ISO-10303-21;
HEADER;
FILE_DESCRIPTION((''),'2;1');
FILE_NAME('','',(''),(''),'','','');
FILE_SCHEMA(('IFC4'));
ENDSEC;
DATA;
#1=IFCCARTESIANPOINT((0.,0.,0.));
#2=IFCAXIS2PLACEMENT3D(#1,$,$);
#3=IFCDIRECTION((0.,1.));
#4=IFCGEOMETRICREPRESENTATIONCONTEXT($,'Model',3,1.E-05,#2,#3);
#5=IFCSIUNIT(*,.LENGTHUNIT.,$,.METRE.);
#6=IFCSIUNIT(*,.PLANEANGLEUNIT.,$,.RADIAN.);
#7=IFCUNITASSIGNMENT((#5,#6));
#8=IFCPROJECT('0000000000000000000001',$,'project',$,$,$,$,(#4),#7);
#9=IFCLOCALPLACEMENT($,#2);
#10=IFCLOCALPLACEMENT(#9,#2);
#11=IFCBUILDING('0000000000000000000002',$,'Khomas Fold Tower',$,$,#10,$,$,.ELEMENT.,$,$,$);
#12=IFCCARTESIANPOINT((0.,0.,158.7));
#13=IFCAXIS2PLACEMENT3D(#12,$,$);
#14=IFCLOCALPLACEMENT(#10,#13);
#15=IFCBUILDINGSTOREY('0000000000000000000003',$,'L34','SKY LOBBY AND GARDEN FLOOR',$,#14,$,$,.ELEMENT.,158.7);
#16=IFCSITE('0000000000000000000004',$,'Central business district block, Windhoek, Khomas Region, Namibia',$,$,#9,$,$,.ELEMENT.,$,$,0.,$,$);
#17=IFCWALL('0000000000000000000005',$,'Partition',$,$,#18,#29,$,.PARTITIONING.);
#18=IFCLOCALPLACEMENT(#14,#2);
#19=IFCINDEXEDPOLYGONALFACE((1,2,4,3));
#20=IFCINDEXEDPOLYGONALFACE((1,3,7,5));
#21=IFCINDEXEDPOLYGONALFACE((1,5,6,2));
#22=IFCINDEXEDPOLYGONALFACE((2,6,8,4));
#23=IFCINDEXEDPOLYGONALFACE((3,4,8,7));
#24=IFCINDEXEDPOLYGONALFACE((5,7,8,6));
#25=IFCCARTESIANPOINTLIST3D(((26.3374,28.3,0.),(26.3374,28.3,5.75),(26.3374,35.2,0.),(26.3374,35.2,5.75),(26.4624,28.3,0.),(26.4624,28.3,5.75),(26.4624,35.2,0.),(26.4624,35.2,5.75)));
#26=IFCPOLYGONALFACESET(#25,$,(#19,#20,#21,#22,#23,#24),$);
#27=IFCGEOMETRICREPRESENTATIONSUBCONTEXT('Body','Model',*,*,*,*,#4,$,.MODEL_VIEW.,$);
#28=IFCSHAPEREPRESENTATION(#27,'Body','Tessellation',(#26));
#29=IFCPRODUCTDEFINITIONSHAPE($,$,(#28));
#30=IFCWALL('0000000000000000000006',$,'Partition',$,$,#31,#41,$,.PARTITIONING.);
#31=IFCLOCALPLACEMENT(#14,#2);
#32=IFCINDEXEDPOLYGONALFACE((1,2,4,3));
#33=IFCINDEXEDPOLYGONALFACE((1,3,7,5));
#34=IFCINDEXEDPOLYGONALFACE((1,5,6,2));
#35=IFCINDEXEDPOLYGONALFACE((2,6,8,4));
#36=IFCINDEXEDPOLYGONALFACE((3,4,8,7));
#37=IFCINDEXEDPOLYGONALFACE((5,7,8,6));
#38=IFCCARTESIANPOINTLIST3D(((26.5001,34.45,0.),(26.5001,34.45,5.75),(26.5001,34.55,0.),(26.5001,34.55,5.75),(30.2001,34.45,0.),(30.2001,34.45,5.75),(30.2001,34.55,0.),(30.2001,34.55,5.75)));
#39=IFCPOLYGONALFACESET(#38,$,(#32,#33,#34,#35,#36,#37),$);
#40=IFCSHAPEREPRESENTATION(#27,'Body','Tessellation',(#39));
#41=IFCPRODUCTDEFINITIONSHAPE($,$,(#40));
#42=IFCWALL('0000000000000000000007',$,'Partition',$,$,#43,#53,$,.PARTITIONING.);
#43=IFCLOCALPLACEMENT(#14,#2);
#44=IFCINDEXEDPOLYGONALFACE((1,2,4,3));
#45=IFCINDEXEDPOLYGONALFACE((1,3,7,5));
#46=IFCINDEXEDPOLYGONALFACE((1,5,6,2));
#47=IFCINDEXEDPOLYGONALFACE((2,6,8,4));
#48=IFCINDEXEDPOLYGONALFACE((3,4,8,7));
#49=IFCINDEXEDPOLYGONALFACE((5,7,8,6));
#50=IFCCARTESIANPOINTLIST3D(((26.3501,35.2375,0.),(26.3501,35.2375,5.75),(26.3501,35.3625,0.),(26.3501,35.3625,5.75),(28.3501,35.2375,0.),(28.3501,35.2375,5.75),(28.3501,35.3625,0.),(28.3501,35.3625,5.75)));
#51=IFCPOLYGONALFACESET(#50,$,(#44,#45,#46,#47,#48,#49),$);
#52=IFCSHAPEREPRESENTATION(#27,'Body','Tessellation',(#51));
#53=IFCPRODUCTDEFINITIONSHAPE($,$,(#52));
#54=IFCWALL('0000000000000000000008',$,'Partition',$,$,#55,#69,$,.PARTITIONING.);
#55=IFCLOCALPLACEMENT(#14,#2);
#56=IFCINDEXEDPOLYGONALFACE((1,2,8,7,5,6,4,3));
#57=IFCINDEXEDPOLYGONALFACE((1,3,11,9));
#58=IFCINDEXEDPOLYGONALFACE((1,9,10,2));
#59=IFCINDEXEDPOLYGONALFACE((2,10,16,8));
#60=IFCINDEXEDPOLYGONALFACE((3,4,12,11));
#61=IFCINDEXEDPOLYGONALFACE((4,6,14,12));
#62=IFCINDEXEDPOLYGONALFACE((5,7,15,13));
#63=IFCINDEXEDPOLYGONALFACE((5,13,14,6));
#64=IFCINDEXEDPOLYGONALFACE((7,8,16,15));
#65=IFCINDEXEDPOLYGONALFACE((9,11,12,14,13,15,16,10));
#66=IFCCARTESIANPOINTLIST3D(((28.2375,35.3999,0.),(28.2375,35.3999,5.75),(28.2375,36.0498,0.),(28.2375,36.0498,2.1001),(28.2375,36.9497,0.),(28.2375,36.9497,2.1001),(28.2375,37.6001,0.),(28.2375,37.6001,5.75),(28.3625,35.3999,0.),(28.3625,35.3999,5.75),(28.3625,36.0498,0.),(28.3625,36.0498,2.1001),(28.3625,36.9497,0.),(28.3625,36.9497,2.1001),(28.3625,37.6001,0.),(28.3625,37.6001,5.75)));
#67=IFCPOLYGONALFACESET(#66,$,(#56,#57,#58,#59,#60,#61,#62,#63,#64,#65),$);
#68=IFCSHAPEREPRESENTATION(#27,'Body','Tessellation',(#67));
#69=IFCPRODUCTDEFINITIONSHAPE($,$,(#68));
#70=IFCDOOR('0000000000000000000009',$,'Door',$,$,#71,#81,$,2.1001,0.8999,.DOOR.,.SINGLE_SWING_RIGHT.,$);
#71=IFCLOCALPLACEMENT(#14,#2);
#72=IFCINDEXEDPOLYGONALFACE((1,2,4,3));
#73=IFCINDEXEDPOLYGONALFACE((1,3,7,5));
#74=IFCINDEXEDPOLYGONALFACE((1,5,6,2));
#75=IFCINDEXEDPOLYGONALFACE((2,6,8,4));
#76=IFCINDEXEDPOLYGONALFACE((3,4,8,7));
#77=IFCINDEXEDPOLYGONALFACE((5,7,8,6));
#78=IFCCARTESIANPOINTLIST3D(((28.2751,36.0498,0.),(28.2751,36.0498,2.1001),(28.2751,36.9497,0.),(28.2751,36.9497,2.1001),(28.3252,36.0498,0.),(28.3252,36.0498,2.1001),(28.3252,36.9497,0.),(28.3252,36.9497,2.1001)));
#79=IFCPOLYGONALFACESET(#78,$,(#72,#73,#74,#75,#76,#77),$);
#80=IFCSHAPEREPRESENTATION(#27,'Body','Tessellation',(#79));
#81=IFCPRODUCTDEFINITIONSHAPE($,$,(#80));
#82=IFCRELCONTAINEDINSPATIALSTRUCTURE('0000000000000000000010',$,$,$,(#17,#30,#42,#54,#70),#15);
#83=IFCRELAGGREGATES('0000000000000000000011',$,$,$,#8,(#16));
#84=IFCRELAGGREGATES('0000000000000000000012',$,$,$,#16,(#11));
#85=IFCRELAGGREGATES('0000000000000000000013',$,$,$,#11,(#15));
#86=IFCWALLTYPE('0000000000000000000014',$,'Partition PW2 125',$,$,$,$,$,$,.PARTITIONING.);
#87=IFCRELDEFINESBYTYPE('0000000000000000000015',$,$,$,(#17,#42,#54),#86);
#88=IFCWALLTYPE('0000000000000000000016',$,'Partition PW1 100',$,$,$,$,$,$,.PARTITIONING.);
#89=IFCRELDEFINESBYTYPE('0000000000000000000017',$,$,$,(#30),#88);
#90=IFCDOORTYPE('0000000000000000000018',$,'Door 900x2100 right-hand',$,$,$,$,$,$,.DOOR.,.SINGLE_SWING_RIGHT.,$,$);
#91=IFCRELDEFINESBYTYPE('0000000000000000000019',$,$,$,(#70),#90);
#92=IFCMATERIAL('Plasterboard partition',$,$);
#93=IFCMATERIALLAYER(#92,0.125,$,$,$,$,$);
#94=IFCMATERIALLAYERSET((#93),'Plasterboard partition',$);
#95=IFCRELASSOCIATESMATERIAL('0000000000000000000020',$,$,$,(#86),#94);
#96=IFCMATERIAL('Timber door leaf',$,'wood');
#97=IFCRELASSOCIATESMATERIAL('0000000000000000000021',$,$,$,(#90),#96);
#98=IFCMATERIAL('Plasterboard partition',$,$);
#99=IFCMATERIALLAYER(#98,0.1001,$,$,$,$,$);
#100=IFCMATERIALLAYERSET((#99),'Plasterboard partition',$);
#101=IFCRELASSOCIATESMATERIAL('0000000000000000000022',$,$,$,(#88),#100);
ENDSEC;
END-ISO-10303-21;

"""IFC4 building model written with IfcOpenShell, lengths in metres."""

from ifc_helpers import new_model, si_unit, direction, frame, frame_2d, origin, place, context, subcontext, project, spatial, rectangle, extrude, source, transform, mapped, material, layer, layer_set, type_object, element, fill, save


model = new_model("IFC4")

# Units and contexts
model_context = context("Model", 3, precision=1e-05, world=origin(), true_north=direction((0.0, 1.0)))
body_context = subcontext(model_context, "Body", "Model", "MODEL_VIEW")
ifc_project = project(units=[si_unit("LENGTHUNIT", "METRE"), si_unit("PLANEANGLEUNIT", "RADIAN")], contexts=[model_context])

# Site, building, storey
site_placement = place(None, origin())
site = spatial("IfcSite", under=ifc_project, at=site_placement, Name="Central business district block, Windhoek, Khomas Region, Namibia", CompositionType="ELEMENT", RefElevation=0.0)
building_placement = place(site_placement, origin())
building = spatial("IfcBuilding", under=site, at=building_placement, Name="Khomas Fold Tower", CompositionType="ELEMENT")
storey_placement = place(building_placement, frame((0.0, 0.0, 158.7)))
storey = spatial("IfcBuildingStorey", under=building, at=storey_placement, Name="L34", Description="SKY LOBBY AND GARDEN FLOOR", CompositionType="ELEMENT", Elevation=158.7)

# Shared definitions
ifc_material_1 = material(Name="Plasterboard partition")
ifc_layer_1 = layer(ifc_material_1, 0.125)
ifc_layer_set_1 = layer_set([ifc_layer_1], Name="Plasterboard partition")
wall_type_1 = type_object("IfcWallType", Name="Partition PW2 125", PredefinedType="PARTITIONING", material=ifc_layer_set_1)
shared_shape_1 = source(origin(), body_context, "Body", "SweptSolid", [
    extrude(rectangle(XDim=0.8999, YDim=2.1001, at=frame_2d((0.45, 1.05))), frame((0.0, 0.0725, 0.0), z_axis=(0.0, -1.0, 0.0), x_axis=(1.0, 0.0, 0.0)), (0.0, 0.0, 1.0), 0.145),
])
ifc_material_2 = material(Name="Timber door leaf", Category="wood")
door_type_1 = type_object("IfcDoorType", Name="Door 900x2100 right-hand", OperationType="SINGLE_SWING_RIGHT", PredefinedType="DOOR", material=ifc_material_2)
shared_shape_2 = source(origin(), body_context, "Body", "SweptSolid", [
    extrude(rectangle(XDim=0.8999, YDim=2.1001, at=frame_2d((0.45, 1.05))), frame((0.0, 0.0249, 0.0), z_axis=(0.0, -1.0, 0.0), x_axis=(1.0, 0.0, 0.0)), (0.0, 0.0, 1.0), 0.05),
])

# Walls
shared_shape_3 = source(origin(), body_context, "Body", "SweptSolid", [
    extrude(rectangle(XDim=6.8999, YDim=0.125, at=frame_2d((3.45, 0.0))), origin(), (0.0, 0.0, 1.0), 5.75),
])
wall_1_placement = place(storey_placement, frame((26.3999, 28.3, 0.0), z_axis=(0.0, 0.0, 1.0), x_axis=(0.0, 1.0, 0.0)))
element("IfcWall", 1, at=wall_1_placement, inside=storey, type_object=wall_type_1, Name="Partition", PredefinedType="PARTITIONING", context=body_context, shape_type="MappedRepresentation", body=[
    mapped(shared_shape_3, transform((0.0, 0.0, 0.0))),
])
ifc_material_3 = material(Name="Plasterboard partition")
ifc_layer_2 = layer(ifc_material_3, 0.1001)
ifc_layer_set_2 = layer_set([ifc_layer_2], Name="Plasterboard partition")
wall_type_2 = type_object("IfcWallType", Name="Partition PW1 100", PredefinedType="PARTITIONING", material=ifc_layer_set_2)
shared_shape_4 = source(origin(), body_context, "Body", "SweptSolid", [
    extrude(rectangle(XDim=3.7, YDim=0.1001, at=frame_2d((1.8501, 0.0))), origin(), (0.0, 0.0, 1.0), 5.75),
])
wall_2_placement = place(storey_placement, frame((26.5, 34.5, 0.0), z_axis=(0.0, 0.0, 1.0), x_axis=(1.0, 0.0, 0.0)))
element("IfcWall", 2, at=wall_2_placement, inside=storey, type_object=wall_type_2, Name="Partition", PredefinedType="PARTITIONING", context=body_context, shape_type="MappedRepresentation", body=[
    mapped(shared_shape_4, transform((0.0, 0.0, 0.0))),
])
shared_shape_5 = source(origin(), body_context, "Body", "SweptSolid", [
    extrude(rectangle(XDim=2.0, YDim=0.125, at=frame_2d((1.0, 0.0))), origin(), (0.0, 0.0, 1.0), 5.75),
])
wall_3_placement = place(storey_placement, frame((26.3501, 35.3, 0.0), z_axis=(0.0, 0.0, 1.0), x_axis=(1.0, 0.0, 0.0)))
element("IfcWall", 3, at=wall_3_placement, inside=storey, type_object=wall_type_1, Name="Partition", PredefinedType="PARTITIONING", context=body_context, shape_type="MappedRepresentation", body=[
    mapped(shared_shape_5, transform((0.0, 0.0, 0.0))),
])

# Wall, opening, door
shared_shape_6 = source(origin(), body_context, "Body", "SweptSolid", [
    extrude(rectangle(XDim=2.2002, YDim=0.125, at=frame_2d((1.1001, 0.0))), origin(), (0.0, 0.0, 1.0), 5.75),
])
wall_4_placement = place(storey_placement, frame((28.3, 35.3999, 0.0), z_axis=(0.0, 0.0, 1.0), x_axis=(0.0, 1.0, 0.0)))
wall_4 = element("IfcWall", 4, at=wall_4_placement, inside=storey, type_object=wall_type_1, Name="Partition", PredefinedType="PARTITIONING", context=body_context, shape_type="MappedRepresentation", body=[
    mapped(shared_shape_6, transform((0.0, 0.0, 0.0))),
])
opening_1_placement = place(wall_4_placement, frame((0.6499, 0.0, 0.0)))
opening_1 = element("IfcOpeningElement", 5, at=opening_1_placement, cuts=wall_4, PredefinedType="OPENING", context=body_context, shape_type="MappedRepresentation", body=[
    mapped(shared_shape_1, transform((0.0, 0.0, 0.0))),
])
door_1_placement = place(opening_1_placement, origin())
door_1 = element("IfcDoor", 6, at=door_1_placement, inside=storey, type_object=door_type_1, Name="Door", OperationType="SINGLE_SWING_RIGHT", OverallHeight=2.1001, OverallWidth=0.8999, PredefinedType="DOOR", context=body_context, shape_type="MappedRepresentation", body=[
    mapped(shared_shape_2, transform((0.0, 0.0, 0.0))),
])
fill(opening_1, door_1)

save(model, "model.ifc")
